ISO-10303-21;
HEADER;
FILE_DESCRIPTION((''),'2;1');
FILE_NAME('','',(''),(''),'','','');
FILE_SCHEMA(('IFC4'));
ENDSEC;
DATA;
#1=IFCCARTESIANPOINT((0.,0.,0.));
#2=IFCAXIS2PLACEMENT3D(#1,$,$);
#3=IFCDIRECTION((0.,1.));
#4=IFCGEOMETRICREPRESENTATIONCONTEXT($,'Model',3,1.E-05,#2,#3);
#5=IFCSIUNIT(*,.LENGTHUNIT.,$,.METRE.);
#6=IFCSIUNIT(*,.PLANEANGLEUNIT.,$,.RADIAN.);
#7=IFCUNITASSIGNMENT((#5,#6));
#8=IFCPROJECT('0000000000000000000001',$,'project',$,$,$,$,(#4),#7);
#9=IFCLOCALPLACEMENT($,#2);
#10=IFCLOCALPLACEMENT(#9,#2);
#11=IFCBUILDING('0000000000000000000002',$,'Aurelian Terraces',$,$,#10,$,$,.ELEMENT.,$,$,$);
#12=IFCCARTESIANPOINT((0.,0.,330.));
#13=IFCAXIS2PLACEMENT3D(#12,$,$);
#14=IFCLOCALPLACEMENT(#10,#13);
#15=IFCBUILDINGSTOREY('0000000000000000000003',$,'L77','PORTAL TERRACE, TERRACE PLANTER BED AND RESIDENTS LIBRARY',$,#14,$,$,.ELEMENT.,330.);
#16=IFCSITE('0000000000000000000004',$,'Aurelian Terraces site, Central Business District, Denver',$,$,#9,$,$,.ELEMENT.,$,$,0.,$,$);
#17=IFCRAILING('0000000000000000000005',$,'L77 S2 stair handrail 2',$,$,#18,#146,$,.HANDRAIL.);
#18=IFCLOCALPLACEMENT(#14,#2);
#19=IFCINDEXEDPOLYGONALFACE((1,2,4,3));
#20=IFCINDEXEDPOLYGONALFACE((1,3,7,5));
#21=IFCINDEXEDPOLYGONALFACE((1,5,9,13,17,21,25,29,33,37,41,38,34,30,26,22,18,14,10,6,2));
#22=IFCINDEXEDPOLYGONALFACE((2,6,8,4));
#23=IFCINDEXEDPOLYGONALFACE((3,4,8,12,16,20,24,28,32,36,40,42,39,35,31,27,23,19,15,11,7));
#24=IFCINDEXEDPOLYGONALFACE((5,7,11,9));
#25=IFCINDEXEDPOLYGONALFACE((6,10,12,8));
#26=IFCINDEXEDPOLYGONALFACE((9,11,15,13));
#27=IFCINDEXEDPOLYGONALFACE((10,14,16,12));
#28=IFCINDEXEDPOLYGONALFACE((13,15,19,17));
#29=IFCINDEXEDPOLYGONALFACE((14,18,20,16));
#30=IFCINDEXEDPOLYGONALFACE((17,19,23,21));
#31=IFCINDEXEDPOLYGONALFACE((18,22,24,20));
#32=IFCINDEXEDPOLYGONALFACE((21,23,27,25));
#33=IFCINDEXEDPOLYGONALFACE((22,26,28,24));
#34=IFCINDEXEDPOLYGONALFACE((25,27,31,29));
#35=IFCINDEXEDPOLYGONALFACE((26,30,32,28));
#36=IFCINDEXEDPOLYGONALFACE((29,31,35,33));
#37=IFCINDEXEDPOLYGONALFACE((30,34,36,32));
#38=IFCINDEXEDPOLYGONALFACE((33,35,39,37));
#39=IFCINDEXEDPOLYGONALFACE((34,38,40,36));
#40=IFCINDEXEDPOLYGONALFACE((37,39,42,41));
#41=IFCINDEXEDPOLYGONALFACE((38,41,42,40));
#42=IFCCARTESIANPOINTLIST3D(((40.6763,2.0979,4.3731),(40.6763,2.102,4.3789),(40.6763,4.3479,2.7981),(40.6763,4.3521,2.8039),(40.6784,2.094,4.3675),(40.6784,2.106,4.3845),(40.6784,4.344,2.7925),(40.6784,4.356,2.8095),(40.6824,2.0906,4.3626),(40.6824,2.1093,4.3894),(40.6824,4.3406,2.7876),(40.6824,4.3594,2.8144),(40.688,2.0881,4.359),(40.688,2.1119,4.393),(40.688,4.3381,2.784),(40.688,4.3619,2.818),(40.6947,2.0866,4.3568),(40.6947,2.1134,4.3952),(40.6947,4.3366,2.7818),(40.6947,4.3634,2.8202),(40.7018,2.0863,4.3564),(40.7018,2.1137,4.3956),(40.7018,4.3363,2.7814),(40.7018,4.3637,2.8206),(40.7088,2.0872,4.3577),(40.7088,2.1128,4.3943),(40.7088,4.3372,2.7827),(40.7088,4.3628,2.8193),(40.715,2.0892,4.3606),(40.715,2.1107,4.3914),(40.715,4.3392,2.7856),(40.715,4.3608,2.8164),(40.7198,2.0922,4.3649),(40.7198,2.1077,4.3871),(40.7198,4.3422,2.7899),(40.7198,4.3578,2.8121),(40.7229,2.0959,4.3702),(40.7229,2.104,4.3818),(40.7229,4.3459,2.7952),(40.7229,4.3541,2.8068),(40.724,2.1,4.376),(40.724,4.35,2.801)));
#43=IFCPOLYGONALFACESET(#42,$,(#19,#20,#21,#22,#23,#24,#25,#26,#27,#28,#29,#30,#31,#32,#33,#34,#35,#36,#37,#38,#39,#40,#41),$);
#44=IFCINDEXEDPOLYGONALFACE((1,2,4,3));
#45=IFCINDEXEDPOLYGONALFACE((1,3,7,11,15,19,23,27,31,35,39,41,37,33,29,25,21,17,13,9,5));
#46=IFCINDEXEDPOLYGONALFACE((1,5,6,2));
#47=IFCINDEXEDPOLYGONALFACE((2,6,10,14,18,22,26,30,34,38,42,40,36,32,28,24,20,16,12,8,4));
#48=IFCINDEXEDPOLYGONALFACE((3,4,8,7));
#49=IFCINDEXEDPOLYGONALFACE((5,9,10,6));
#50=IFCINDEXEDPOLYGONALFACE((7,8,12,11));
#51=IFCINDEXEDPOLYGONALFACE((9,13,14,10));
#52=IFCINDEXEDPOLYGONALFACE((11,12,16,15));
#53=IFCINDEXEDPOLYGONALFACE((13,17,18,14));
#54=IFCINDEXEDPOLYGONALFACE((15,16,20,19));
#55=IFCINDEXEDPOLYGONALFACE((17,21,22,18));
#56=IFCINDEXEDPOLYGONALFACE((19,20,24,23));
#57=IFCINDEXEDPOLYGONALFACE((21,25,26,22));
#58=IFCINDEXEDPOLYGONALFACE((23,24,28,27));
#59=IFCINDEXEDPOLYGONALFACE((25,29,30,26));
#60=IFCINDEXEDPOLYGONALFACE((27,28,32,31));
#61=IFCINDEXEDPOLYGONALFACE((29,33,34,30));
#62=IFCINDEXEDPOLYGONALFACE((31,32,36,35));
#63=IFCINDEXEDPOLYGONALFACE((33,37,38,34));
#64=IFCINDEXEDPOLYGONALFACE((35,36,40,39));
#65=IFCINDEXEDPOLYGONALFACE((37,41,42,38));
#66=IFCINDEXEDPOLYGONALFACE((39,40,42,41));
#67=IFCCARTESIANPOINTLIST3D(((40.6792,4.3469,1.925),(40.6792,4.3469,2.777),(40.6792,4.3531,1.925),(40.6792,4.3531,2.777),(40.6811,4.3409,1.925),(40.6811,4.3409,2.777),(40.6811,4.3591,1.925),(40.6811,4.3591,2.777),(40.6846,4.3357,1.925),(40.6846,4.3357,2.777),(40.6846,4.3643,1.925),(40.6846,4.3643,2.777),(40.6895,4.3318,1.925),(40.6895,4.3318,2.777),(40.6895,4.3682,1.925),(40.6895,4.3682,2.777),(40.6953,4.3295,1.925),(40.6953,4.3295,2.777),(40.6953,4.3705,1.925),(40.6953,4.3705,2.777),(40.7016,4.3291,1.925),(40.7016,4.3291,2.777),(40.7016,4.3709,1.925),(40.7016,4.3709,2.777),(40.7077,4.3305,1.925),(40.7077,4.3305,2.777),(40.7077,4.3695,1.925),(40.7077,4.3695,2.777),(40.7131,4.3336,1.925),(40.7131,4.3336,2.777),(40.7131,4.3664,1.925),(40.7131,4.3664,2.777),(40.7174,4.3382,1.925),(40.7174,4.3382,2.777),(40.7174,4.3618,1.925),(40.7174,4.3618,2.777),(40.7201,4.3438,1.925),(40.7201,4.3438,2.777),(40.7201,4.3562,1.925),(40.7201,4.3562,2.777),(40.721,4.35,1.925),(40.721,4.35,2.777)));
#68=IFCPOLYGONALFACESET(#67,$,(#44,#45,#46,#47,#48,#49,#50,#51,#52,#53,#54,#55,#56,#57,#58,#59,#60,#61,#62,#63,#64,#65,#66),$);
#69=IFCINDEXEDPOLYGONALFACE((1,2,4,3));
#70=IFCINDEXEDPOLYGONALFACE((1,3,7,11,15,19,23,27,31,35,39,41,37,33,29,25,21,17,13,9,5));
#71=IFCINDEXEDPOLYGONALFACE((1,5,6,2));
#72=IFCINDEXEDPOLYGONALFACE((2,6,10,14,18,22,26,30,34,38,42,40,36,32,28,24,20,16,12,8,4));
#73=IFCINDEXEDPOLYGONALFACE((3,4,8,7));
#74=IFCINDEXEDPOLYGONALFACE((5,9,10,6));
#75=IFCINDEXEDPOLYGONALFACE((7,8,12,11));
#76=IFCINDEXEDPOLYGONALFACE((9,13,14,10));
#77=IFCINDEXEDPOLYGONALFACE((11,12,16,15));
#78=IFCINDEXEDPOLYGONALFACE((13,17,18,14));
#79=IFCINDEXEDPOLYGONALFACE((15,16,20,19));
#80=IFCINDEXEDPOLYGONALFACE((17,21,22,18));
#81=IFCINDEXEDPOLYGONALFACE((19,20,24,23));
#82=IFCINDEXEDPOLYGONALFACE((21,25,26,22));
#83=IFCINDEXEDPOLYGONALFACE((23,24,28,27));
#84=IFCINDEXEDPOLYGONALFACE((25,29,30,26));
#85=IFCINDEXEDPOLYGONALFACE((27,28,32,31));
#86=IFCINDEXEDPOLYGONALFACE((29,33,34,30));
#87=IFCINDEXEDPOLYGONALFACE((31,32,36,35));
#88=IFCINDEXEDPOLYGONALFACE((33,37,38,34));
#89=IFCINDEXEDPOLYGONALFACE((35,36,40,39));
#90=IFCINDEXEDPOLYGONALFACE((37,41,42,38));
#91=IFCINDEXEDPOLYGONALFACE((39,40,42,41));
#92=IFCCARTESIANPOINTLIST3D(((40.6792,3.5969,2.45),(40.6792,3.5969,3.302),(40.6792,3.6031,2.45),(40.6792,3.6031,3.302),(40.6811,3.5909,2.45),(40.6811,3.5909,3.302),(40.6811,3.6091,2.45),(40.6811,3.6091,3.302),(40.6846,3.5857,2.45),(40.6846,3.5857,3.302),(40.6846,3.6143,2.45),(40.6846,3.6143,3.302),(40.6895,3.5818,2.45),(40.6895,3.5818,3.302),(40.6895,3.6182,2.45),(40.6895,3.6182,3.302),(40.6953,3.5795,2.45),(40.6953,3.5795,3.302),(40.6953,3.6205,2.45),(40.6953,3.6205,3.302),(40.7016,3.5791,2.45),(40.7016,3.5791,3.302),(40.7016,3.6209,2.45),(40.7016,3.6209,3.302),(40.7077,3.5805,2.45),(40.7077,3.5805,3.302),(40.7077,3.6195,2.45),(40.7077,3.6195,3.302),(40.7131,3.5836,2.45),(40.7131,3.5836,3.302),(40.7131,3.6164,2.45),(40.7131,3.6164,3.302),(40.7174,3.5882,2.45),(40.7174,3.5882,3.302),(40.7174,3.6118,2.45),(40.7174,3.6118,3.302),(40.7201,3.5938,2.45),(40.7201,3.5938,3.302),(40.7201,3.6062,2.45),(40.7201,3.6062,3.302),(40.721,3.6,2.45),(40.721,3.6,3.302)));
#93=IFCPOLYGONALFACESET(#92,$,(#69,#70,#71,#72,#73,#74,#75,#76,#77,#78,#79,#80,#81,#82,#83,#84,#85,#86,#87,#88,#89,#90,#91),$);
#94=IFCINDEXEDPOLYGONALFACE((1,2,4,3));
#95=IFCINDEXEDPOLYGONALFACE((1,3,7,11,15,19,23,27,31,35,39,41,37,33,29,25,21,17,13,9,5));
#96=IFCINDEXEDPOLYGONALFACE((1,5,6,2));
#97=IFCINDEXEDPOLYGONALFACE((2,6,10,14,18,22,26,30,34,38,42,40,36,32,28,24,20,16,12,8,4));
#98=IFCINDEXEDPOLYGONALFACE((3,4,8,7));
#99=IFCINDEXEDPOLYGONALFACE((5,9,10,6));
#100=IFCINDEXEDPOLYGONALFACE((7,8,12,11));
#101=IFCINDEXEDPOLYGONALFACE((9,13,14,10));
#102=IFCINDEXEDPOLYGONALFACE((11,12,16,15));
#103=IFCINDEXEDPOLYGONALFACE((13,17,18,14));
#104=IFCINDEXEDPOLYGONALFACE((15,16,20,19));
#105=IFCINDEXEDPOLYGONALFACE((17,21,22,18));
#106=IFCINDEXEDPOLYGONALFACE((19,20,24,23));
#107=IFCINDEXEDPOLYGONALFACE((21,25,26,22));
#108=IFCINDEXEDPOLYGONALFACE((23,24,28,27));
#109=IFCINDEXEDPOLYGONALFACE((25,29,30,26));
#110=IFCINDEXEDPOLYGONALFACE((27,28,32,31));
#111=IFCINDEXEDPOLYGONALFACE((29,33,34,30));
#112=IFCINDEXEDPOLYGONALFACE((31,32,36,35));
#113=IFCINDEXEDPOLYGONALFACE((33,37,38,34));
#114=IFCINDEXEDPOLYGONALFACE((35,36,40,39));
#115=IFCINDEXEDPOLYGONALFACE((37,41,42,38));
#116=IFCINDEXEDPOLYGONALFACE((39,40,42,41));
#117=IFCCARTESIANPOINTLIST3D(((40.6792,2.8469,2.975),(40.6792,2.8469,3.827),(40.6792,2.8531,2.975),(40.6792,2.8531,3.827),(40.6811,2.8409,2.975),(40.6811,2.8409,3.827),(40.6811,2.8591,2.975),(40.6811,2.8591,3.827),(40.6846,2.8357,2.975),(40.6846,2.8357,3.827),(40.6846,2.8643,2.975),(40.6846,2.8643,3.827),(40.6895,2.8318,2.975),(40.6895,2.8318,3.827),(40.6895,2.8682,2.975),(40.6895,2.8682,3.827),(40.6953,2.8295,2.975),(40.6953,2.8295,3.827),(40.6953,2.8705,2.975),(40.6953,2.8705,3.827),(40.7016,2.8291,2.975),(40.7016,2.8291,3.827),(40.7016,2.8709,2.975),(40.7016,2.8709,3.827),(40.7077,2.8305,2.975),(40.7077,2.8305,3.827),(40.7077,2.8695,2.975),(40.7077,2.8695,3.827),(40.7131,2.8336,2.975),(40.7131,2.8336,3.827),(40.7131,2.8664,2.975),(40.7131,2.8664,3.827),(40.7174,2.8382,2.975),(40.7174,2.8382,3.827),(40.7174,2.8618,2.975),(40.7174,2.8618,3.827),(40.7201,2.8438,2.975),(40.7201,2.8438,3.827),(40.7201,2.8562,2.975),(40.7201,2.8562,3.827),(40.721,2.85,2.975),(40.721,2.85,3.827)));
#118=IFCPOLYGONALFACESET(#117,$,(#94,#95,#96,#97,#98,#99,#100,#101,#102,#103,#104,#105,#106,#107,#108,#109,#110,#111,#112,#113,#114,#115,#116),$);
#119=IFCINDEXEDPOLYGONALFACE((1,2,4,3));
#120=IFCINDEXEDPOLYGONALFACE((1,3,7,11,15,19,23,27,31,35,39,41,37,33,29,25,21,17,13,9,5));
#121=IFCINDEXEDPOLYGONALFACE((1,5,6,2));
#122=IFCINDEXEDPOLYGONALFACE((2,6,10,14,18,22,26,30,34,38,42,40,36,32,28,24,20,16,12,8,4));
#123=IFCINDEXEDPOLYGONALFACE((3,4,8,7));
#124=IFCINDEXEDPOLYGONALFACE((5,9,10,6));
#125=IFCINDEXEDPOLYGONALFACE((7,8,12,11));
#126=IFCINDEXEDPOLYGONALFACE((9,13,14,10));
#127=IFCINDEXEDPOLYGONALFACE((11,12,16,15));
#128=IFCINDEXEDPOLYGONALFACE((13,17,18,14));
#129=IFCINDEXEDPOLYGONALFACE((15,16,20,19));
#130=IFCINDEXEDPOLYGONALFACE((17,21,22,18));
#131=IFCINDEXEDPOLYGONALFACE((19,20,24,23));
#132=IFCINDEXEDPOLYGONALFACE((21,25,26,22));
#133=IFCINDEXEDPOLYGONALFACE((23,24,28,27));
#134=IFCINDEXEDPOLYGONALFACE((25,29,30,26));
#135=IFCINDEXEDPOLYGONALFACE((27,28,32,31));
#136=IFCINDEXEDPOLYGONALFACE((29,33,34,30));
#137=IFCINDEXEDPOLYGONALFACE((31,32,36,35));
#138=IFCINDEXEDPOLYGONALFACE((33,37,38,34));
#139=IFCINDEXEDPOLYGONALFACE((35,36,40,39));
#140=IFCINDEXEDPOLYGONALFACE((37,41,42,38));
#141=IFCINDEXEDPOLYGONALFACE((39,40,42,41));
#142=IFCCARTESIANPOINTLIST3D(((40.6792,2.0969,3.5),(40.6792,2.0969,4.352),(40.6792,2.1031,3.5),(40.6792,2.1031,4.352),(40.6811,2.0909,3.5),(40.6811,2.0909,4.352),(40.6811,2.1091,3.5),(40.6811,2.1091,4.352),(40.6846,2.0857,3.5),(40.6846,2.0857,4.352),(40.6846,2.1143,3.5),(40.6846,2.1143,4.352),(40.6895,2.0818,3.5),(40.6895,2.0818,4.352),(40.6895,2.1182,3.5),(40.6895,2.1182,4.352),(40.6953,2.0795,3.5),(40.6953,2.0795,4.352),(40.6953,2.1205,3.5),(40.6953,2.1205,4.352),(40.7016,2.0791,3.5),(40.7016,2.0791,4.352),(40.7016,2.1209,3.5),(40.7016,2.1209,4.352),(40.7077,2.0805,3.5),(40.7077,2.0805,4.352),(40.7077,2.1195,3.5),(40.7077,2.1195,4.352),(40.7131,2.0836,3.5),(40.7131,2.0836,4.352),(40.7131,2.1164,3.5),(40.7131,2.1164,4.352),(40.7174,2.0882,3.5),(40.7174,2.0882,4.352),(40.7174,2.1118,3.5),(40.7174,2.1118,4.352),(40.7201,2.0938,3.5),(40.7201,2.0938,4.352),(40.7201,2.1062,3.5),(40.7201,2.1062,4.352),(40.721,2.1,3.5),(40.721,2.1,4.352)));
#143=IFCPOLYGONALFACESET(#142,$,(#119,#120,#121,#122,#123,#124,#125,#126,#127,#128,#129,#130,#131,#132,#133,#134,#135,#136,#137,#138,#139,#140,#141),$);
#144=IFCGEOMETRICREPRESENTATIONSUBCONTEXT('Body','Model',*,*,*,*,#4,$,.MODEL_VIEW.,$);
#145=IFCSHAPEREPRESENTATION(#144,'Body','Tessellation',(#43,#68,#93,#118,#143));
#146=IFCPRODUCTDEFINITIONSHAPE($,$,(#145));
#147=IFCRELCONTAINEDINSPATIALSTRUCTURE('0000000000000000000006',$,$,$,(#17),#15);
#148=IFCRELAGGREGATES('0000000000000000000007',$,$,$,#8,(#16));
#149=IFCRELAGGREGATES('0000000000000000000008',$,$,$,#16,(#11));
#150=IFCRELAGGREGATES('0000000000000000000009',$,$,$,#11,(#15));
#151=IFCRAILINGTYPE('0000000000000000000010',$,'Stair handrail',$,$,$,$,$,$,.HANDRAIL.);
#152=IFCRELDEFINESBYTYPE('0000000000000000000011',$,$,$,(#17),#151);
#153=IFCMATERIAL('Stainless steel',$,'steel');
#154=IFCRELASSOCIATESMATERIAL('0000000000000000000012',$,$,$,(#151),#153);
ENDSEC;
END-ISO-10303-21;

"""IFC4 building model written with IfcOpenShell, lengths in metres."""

from ifc_helpers import new_model, si_unit, direction, frame, origin, origin_2d, place, context, subcontext, project, spatial, circle, extrude, source, transform, mapped, material, type_object, element, save


model = new_model("IFC4")

# Units and contexts
model_context = context("Model", 3, precision=1e-05, world=origin(), true_north=direction((0.0, 1.0)))
body_context = subcontext(model_context, "Body", "Model", "MODEL_VIEW")
ifc_project = project(units=[si_unit("LENGTHUNIT", "METRE"), si_unit("PLANEANGLEUNIT", "RADIAN")], contexts=[model_context])

# Site, building, storey
site_placement = place(None, origin())
site = spatial("IfcSite", under=ifc_project, at=site_placement, Name="Aurelian Terraces site, Central Business District, Denver", CompositionType="ELEMENT", RefElevation=0.0)
building_placement = place(site_placement, origin())
building = spatial("IfcBuilding", under=site, at=building_placement, Name="Aurelian Terraces", CompositionType="ELEMENT")
storey_placement = place(building_placement, frame((0.0, 0.0, 330.0)))
storey = spatial("IfcBuildingStorey", under=building, at=storey_placement, Name="L77", Description="PORTAL TERRACE, TERRACE PLANTER BED AND RESIDENTS LIBRARY", CompositionType="ELEMENT", Elevation=330.0)

# Railing
ifc_material_1 = material(Name="Stainless steel", Category="steel")
railing_type_1 = type_object("IfcRailingType", Name="Stair handrail", PredefinedType="HANDRAIL", material=ifc_material_1)
shared_shape_1 = source(origin(), body_context, "Body", "SweptSolid", [
    extrude(circle(Radius=0.024, at=origin_2d()), frame((0.0, 0.0, 0.876), z_axis=(0.0, -0.819232, 0.573462), x_axis=(1.0, 0.0, 0.0)), (0.0, 0.0, 1.0), 2.7465),
    extrude(circle(Radius=0.021, at=origin_2d()), origin(), (0.0, 0.0, 1.0), 0.852),
    extrude(circle(Radius=0.021, at=origin_2d()), frame((0.0, -0.75, 0.525)), (0.0, 0.0, 1.0), 0.852),
    extrude(circle(Radius=0.021, at=origin_2d()), frame((0.0, -1.5, 1.05)), (0.0, 0.0, 1.0), 0.852),
    extrude(circle(Radius=0.021, at=origin_2d()), frame((0.0, -2.25, 1.575)), (0.0, 0.0, 1.0), 0.852),
])
railing_1_placement = place(storey_placement, frame((40.7, 4.35, 1.925)))
element("IfcRailing", 1, at=railing_1_placement, inside=storey, type_object=railing_type_1, Name="L77 S2 stair handrail 2", PredefinedType="HANDRAIL", context=body_context, shape_type="MappedRepresentation", body=[
    mapped(shared_shape_1, transform((0.0, 0.0, 0.0), scale=1.0)),
])

save(model, "model.ifc")
